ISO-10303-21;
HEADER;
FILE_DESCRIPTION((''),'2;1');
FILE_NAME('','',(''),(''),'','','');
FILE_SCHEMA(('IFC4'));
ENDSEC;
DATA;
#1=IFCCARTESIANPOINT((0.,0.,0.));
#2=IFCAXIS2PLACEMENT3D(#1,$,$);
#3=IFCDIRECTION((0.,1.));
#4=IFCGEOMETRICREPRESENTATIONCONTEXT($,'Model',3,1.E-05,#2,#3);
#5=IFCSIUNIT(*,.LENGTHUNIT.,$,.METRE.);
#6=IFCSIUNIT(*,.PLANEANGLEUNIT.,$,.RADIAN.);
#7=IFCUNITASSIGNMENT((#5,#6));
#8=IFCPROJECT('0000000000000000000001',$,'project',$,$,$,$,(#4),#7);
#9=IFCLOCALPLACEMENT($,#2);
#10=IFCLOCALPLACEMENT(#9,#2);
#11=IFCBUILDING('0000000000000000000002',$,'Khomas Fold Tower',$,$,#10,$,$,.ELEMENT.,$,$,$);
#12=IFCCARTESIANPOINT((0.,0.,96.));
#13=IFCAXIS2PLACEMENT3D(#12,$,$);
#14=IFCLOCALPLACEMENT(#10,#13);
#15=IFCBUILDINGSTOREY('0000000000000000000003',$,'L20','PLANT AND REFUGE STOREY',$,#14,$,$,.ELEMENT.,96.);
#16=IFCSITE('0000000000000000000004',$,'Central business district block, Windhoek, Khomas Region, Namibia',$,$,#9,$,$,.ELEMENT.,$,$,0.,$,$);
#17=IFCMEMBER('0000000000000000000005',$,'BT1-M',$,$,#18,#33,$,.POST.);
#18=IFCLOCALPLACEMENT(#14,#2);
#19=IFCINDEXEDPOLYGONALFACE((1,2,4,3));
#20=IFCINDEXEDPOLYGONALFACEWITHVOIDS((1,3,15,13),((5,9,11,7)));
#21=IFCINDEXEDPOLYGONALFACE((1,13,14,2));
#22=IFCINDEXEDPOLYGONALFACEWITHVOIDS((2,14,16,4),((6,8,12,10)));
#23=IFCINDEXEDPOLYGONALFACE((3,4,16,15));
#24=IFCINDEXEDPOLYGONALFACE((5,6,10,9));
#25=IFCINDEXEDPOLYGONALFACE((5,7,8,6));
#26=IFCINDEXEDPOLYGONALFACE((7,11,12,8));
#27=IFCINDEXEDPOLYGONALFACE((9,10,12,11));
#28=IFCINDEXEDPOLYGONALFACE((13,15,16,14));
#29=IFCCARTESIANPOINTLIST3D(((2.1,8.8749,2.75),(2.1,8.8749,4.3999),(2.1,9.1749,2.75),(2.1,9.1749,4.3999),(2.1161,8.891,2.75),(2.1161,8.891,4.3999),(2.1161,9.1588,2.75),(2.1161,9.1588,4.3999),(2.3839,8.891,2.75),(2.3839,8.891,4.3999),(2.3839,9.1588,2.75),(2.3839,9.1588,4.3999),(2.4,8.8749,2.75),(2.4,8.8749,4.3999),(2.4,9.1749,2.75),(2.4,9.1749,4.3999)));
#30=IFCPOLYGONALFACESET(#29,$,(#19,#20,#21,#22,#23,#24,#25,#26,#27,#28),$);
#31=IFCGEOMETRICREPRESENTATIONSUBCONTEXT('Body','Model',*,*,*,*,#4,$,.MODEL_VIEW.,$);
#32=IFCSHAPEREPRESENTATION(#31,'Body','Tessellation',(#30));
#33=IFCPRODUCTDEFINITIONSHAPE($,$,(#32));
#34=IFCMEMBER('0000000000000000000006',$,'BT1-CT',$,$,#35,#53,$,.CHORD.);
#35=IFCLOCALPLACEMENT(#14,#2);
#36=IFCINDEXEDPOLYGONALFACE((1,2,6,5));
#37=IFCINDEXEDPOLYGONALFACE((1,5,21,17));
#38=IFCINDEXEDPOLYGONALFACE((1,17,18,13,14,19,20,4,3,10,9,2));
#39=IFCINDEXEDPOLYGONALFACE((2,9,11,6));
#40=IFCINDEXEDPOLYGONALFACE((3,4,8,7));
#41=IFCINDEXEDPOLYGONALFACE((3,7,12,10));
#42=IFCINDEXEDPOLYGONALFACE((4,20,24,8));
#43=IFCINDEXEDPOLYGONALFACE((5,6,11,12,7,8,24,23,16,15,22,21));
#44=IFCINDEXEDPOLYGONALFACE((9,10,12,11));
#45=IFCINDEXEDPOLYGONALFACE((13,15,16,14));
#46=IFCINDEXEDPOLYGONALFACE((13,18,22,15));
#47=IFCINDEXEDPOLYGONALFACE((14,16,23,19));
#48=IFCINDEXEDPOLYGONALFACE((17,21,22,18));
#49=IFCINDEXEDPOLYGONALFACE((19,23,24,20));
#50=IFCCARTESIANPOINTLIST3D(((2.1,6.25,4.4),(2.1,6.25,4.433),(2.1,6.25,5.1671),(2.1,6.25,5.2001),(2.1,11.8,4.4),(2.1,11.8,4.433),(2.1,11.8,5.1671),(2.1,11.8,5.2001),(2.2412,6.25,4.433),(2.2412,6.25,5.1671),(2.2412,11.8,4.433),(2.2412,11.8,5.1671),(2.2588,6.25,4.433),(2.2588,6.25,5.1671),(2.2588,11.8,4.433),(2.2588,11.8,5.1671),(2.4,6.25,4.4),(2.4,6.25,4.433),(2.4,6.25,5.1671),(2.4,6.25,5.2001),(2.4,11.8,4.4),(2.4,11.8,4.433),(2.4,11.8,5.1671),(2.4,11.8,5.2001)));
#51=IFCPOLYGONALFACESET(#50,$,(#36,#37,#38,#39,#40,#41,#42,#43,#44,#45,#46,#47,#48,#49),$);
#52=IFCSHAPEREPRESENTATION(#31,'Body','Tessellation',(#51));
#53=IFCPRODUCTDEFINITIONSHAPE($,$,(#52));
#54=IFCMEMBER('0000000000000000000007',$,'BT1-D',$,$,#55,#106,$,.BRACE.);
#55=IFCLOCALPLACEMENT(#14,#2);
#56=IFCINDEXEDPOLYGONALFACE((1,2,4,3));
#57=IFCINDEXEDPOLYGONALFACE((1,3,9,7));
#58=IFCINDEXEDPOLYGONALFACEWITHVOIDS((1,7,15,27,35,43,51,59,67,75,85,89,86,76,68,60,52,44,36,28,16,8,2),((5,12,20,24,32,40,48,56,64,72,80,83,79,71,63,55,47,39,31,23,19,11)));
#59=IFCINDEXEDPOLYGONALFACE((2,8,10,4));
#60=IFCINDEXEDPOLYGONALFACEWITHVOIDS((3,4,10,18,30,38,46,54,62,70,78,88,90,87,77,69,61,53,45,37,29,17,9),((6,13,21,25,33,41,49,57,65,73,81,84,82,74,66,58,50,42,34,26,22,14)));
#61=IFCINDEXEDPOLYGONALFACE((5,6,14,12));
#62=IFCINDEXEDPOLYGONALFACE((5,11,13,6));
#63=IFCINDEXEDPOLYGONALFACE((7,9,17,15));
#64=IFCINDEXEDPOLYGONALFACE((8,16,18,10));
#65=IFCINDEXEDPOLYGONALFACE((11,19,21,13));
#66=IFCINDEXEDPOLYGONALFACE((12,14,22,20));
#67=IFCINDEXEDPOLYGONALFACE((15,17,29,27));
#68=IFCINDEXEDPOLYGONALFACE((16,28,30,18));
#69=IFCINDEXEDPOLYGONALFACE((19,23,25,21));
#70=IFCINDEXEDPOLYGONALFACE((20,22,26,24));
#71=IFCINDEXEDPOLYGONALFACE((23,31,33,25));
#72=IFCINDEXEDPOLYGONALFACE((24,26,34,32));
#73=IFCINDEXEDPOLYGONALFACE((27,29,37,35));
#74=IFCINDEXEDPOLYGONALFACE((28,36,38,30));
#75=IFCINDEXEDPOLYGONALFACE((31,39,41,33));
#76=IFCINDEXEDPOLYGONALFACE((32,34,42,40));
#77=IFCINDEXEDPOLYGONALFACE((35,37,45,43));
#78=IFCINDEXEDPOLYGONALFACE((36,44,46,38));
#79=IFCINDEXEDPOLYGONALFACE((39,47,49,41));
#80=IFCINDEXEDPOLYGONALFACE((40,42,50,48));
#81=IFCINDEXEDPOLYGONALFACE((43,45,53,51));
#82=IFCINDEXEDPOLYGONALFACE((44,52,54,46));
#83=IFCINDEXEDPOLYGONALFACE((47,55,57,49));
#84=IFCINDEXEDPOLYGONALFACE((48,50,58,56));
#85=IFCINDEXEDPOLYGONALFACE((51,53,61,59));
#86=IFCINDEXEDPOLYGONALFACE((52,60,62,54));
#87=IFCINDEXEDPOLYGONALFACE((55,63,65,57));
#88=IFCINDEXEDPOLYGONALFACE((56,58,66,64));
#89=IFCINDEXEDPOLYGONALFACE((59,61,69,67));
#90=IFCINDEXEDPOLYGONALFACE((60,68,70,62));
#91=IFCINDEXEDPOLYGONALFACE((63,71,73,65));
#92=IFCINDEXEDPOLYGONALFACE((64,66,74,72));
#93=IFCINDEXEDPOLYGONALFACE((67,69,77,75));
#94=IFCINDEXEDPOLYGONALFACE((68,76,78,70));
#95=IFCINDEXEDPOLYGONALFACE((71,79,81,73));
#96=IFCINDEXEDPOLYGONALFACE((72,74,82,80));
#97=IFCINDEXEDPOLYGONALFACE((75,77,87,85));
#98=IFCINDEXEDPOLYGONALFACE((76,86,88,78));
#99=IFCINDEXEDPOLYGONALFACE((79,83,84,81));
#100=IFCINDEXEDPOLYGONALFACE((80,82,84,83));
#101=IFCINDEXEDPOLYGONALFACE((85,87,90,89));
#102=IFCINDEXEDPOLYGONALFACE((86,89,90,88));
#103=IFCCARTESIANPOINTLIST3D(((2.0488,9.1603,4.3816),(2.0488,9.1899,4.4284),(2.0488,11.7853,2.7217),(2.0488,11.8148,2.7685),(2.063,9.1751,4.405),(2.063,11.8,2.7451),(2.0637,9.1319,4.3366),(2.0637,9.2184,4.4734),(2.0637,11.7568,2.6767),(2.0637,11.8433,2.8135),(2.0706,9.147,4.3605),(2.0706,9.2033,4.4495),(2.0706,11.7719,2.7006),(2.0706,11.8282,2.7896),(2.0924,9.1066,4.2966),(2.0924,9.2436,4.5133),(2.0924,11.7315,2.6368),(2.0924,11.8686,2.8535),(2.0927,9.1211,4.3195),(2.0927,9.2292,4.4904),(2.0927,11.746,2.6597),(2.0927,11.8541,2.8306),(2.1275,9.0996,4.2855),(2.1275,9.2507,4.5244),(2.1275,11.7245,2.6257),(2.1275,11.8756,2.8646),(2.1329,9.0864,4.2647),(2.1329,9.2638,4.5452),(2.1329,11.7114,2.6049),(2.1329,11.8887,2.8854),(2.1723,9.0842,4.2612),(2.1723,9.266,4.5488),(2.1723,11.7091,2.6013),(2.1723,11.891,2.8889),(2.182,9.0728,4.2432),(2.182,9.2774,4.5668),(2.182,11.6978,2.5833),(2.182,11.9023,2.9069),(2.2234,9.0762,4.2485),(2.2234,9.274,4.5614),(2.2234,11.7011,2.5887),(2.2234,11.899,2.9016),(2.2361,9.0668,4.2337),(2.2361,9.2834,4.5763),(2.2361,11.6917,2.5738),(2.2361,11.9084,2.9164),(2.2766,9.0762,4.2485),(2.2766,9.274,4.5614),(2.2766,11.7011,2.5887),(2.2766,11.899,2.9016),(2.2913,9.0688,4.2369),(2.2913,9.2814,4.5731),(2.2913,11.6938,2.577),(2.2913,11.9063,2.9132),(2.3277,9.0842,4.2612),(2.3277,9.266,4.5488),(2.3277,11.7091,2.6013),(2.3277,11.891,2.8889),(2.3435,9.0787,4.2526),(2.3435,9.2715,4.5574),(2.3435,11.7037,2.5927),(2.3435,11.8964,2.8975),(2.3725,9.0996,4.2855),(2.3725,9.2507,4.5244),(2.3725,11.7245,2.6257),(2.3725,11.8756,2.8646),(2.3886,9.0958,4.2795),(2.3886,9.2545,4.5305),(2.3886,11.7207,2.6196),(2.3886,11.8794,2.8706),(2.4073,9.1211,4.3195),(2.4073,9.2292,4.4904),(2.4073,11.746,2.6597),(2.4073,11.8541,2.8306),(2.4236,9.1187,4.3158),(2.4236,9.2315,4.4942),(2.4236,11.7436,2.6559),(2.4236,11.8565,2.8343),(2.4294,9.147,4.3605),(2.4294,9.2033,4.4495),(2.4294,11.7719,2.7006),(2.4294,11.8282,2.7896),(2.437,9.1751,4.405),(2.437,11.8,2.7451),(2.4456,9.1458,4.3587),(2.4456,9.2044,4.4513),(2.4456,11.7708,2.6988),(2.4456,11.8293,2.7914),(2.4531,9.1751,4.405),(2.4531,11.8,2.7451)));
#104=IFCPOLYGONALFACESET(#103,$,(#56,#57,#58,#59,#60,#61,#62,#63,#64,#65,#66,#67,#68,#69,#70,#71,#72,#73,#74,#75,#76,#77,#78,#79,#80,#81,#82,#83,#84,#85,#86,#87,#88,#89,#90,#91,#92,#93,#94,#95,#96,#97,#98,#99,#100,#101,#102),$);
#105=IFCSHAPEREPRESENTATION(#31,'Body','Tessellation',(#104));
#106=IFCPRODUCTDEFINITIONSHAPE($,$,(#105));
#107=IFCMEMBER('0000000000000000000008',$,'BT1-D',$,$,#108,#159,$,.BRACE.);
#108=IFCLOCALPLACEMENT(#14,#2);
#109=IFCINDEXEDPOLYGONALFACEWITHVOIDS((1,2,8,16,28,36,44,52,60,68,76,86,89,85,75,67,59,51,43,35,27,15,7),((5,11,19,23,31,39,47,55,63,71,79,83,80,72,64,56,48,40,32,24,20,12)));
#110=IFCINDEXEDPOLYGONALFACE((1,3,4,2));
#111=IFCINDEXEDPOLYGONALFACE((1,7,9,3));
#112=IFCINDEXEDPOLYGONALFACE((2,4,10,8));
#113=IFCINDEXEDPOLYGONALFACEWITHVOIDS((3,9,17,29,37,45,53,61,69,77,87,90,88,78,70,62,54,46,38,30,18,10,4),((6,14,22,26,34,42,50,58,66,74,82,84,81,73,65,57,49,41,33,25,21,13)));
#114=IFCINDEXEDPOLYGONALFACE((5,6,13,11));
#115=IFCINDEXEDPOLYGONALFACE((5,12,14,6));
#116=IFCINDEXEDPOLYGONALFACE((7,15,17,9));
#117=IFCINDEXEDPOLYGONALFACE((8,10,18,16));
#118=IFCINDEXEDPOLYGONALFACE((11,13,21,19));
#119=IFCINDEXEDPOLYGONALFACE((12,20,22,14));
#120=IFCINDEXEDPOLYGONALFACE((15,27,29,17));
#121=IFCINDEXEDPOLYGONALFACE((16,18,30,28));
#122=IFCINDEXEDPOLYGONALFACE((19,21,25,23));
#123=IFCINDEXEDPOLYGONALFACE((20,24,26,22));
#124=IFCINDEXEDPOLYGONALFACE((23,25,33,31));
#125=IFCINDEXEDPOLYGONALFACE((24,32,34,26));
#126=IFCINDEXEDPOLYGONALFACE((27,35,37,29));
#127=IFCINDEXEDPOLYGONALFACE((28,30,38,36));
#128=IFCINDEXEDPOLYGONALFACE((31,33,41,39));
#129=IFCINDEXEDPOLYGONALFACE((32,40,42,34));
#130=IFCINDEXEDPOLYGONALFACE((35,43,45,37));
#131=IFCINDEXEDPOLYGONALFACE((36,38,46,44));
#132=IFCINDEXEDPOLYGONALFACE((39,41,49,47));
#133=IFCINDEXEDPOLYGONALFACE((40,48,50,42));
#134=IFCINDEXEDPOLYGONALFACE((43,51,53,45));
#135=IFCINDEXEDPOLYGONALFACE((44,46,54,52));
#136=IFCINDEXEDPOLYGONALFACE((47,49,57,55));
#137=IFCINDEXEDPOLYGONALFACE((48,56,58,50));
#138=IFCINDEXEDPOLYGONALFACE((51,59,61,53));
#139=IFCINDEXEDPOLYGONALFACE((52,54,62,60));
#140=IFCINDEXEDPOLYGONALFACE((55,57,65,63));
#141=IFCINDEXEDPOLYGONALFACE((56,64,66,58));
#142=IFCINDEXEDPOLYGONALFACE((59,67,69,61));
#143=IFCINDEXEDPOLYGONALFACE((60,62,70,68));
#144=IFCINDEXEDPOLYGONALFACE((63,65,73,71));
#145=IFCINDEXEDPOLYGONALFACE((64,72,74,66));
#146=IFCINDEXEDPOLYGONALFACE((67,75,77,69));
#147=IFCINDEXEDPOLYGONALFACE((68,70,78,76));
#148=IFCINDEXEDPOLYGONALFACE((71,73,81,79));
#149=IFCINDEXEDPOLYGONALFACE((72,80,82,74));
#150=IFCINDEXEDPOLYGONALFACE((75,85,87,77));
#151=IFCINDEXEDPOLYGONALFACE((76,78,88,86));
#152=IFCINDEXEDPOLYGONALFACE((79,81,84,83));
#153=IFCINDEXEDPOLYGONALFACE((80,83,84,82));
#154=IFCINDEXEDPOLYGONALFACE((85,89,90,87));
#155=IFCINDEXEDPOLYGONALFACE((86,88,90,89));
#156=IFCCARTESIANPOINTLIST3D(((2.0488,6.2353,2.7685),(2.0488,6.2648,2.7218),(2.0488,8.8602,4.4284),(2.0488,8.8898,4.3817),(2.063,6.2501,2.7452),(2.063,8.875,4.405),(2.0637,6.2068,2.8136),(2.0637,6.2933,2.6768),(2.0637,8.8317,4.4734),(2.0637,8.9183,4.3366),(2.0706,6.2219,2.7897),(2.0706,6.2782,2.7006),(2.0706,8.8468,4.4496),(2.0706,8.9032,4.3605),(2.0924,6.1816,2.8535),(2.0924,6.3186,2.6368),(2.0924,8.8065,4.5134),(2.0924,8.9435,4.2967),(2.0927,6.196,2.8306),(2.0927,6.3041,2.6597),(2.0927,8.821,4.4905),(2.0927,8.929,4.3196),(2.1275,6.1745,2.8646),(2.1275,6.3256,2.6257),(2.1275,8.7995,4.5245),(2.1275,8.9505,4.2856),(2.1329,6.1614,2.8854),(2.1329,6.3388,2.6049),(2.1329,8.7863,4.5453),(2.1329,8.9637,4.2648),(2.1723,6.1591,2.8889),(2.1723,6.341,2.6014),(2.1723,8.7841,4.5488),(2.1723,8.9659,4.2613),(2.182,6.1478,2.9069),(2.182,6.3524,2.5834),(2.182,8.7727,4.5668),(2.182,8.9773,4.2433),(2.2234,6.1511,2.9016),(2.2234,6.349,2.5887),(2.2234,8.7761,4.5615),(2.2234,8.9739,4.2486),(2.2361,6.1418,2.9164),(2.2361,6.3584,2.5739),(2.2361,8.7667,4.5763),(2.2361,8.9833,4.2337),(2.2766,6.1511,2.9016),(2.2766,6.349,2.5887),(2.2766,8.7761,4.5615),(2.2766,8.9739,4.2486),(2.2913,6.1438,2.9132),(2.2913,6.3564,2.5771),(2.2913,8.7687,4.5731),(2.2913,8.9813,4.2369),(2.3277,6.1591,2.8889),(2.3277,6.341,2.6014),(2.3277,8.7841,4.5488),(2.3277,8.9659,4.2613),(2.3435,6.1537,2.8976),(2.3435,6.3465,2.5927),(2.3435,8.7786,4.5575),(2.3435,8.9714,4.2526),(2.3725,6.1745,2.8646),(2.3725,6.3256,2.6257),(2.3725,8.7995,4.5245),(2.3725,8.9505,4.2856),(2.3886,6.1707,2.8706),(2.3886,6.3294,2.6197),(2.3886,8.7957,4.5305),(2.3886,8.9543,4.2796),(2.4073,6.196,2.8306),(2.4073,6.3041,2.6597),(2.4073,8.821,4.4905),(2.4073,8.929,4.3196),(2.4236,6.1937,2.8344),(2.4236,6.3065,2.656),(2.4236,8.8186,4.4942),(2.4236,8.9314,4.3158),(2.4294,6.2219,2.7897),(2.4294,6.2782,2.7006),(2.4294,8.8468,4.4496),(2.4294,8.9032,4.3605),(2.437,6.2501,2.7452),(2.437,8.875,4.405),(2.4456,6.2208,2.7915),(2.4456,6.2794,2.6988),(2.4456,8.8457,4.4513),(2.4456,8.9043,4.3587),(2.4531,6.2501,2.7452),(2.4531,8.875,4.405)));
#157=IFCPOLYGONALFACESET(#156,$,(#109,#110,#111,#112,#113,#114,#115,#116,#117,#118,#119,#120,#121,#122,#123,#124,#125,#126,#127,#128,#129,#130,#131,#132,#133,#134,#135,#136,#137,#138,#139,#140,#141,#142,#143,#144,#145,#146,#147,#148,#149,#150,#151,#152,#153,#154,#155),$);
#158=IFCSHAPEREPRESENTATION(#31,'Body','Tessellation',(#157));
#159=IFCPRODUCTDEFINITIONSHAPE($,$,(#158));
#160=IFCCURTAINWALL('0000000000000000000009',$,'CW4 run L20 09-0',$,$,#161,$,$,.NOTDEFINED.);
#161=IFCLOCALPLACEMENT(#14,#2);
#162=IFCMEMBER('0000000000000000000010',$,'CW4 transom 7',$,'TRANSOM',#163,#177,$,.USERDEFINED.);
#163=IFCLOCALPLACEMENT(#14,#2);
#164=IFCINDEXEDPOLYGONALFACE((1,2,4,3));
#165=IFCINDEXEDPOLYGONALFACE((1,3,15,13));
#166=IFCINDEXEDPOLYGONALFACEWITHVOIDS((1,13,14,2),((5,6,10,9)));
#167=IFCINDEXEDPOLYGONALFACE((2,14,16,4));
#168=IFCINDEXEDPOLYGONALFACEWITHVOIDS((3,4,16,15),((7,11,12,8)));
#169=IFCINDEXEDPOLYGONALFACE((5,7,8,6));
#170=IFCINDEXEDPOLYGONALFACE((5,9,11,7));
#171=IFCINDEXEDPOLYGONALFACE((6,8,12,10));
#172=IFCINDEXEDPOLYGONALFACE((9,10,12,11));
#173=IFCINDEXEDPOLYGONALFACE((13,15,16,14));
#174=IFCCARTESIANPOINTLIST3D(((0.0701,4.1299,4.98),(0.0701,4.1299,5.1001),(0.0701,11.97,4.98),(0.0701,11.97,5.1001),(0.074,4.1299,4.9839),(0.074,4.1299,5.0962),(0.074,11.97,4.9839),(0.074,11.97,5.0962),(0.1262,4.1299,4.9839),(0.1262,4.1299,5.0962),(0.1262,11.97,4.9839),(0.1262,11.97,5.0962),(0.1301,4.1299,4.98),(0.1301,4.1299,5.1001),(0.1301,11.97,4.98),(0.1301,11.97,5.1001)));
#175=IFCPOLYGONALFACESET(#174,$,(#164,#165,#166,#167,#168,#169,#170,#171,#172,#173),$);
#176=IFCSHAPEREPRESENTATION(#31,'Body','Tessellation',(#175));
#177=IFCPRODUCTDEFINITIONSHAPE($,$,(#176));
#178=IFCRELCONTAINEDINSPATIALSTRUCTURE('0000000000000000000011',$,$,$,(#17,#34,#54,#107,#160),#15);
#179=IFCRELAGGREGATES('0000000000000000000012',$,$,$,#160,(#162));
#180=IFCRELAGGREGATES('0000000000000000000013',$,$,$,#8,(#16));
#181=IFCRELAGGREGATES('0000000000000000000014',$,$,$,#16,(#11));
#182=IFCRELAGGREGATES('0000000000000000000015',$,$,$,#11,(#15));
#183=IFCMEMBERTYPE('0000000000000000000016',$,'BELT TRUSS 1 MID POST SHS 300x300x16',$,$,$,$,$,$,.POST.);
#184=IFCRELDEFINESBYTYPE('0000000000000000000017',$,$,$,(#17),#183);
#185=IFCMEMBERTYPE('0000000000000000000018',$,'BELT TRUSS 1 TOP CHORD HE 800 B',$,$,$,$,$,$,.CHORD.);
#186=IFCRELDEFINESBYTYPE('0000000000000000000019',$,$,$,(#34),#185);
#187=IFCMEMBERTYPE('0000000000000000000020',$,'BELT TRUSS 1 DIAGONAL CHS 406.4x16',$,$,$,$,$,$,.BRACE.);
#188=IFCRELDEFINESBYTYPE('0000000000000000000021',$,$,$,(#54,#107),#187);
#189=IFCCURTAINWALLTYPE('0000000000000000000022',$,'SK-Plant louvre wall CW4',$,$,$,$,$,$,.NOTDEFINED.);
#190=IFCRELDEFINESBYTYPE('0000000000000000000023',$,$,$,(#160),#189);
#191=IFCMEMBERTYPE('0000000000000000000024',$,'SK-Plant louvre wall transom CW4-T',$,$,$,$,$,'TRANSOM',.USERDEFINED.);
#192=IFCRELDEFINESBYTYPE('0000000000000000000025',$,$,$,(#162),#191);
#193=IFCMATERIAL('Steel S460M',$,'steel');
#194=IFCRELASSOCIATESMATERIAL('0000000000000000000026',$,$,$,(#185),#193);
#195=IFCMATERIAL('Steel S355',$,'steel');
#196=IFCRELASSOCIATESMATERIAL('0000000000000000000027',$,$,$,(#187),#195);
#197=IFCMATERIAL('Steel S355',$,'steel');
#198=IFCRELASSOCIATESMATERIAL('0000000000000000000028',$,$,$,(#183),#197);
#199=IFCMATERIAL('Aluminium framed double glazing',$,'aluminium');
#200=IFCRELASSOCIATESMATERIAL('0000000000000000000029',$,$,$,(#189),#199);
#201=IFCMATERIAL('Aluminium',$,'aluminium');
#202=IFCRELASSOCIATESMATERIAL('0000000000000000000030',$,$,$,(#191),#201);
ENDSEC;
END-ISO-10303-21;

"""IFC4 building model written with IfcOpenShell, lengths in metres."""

from ifc_helpers import new_model, si_unit, direction, frame, origin, origin_2d, place, context, subcontext, project, spatial, hollow_rectangle, hollow_circle, i_section, extrude, source, transform, mapped, material, material_profile, profile_set, type_object, element, aggregate, save


model = new_model("IFC4")

# Units and contexts
model_context = context("Model", 3, precision=1e-05, world=origin(), true_north=direction((0.0, 1.0)))
body_context = subcontext(model_context, "Body", "Model", "MODEL_VIEW")
ifc_project = project(units=[si_unit("LENGTHUNIT", "METRE"), si_unit("PLANEANGLEUNIT", "RADIAN")], contexts=[model_context])

# Site, building, storey
site_placement = place(None, origin())
site = spatial("IfcSite", under=ifc_project, at=site_placement, Name="Central business district block, Windhoek, Khomas Region, Namibia", CompositionType="ELEMENT", RefElevation=0.0)
building_placement = place(site_placement, origin())
building = spatial("IfcBuilding", under=site, at=building_placement, Name="Khomas Fold Tower", CompositionType="ELEMENT")
storey_placement = place(building_placement, frame((0.0, 0.0, 96.0)))
storey = spatial("IfcBuildingStorey", under=building, at=storey_placement, Name="L20", Description="PLANT AND REFUGE STOREY", CompositionType="ELEMENT", Elevation=96.0)

# Members
ifc_material_1 = material(Name="Steel S460M", Category="steel")
ifc_material_profile_1 = material_profile(ifc_material_1, i_section(OverallWidth=0.3, OverallDepth=0.8, WebThickness=0.0176, FlangeThickness=0.033, at=origin_2d()), Name="HE 800 B")
ifc_profile_set_1 = profile_set([ifc_material_profile_1], Name="Steel S460M")
member_type_1 = type_object("IfcMemberType", Name="BELT TRUSS 1 TOP CHORD HE 800 B", PredefinedType="CHORD", material=ifc_profile_set_1)
ifc_material_2 = material(Name="Steel S355", Category="steel")
ifc_material_profile_2 = material_profile(ifc_material_2, hollow_circle(Radius=0.2031, WallThickness=0.0161, at=origin_2d()), Name="CHS 406.4x16")
ifc_profile_set_2 = profile_set([ifc_material_profile_2], Name="Steel S355")
member_type_2 = type_object("IfcMemberType", Name="BELT TRUSS 1 DIAGONAL CHS 406.4x16", PredefinedType="BRACE", material=ifc_profile_set_2)
ifc_material_3 = material(Name="Steel S355", Category="steel")
ifc_material_profile_3 = material_profile(ifc_material_3, hollow_rectangle(XDim=0.3, YDim=0.3, WallThickness=0.0161, at=origin_2d()), Name="SHS 300x300x16")
ifc_profile_set_3 = profile_set([ifc_material_profile_3], Name="Steel S355")
member_type_3 = type_object("IfcMemberType", Name="BELT TRUSS 1 MID POST SHS 300x300x16", PredefinedType="POST", material=ifc_profile_set_3)
shared_shape_1 = source(origin(), body_context, "Body", "SweptSolid", [
    extrude(hollow_rectangle(XDim=0.3, YDim=0.3, WallThickness=0.0161, at=origin_2d()), origin(), (0.0, 0.0, 1.0), 1.6499),
])
for number, where, z_axis, x_axis, name in (
    (1, (2.25, 9.0249, 2.75), (0.0, 0.0, 1.0), (1.0, 0.0, 0.0), "BT1-M"),
):
    element("IfcMember", number, at=place(storey_placement, frame(where, z_axis=z_axis, x_axis=x_axis)), inside=storey, type_object=member_type_3, Name=name, PredefinedType="POST", context=body_context, shape_type="MappedRepresentation", body=[
        mapped(shared_shape_1, transform((0.0, 0.0, 0.0))),
    ])
shared_shape_2 = source(origin(), body_context, "Body", "SweptSolid", [
    extrude(i_section(OverallWidth=0.3, OverallDepth=0.8, WebThickness=0.0176, FlangeThickness=0.033, at=origin_2d()), origin(), (0.0, 0.0, 1.0), 5.55),
])
member_1_placement = place(storey_placement, frame((2.25, 11.8, 4.8), z_axis=(0.0, -1.0, 0.0), x_axis=(1.0, 0.0, 0.0)))
element("IfcMember", 2, at=member_1_placement, inside=storey, type_object=member_type_1, Name="BT1-CT", PredefinedType="CHORD", context=body_context, shape_type="MappedRepresentation", body=[
    mapped(shared_shape_2, transform((0.0, 0.0, 0.0))),
])
shared_shape_3 = source(origin(), body_context, "Body", "SweptSolid", [
    extrude(hollow_circle(Radius=0.2031, WallThickness=0.0161, at=origin_2d()), origin(), (0.0, 0.0, 1.0), 3.1057),
])
for number, where, z_axis, x_axis, name in (
    (3, (2.25, 11.8, 2.7451), (0.0, -0.845196, 0.534457), (1.0, 0.0, 0.0), "BT1-D"),
    (4, (2.25, 8.875, 4.405), (0.0, -0.845196, -0.534457), (1.0, 0.0, 0.0), "BT1-D"),
):
    element("IfcMember", number, at=place(storey_placement, frame(where, z_axis=z_axis, x_axis=x_axis)), inside=storey, type_object=member_type_2, Name=name, PredefinedType="BRACE", context=body_context, shape_type="MappedRepresentation", body=[
        mapped(shared_shape_3, transform((0.0, 0.0, 0.0))),
    ])

# Curtain wall, member
ifc_material_4 = material(Name="Aluminium framed double glazing", Category="aluminium")
curtain_wall_type = type_object("IfcCurtainWallType", Name="SK-Plant louvre wall CW4", PredefinedType="NOTDEFINED", material=ifc_material_4)
curtain_wall_placement = place(storey_placement, origin())
curtain_wall = element("IfcCurtainWall", 5, at=curtain_wall_placement, inside=storey, type_object=curtain_wall_type, Name="CW4 run L20 09-0", PredefinedType="NOTDEFINED")
ifc_material_5 = material(Name="Aluminium", Category="aluminium")
ifc_material_profile_4 = material_profile(ifc_material_5, hollow_rectangle(XDim=0.0601, YDim=0.1201, WallThickness=0.0039, at=origin_2d()), Name="SK-Plant louvre wall transom CW4-T")
ifc_profile_set_4 = profile_set([ifc_material_profile_4], Name="Aluminium")
member_type_4 = type_object("IfcMemberType", Name="SK-Plant louvre wall transom CW4-T", ElementType="TRANSOM", PredefinedType="USERDEFINED", material=ifc_profile_set_4)
shared_shape_4 = source(origin(), body_context, "Body", "SweptSolid", [
    extrude(hollow_rectangle(XDim=0.0601, YDim=0.1201, WallThickness=0.0039, at=origin_2d()), origin(), (0.0, 0.0, 1.0), 7.8401),
])
member_2_placement = place(storey_placement, frame((0.1001, 11.97, 5.04), z_axis=(0.0, -1.0, 0.0), x_axis=(1.0, 0.0, 0.0)))
member_2 = element("IfcMember", 6, at=member_2_placement, type_object=member_type_4, Name="CW4 transom 7", ObjectType="TRANSOM", PredefinedType="USERDEFINED", context=body_context, shape_type="MappedRepresentation", body=[
    mapped(shared_shape_4, transform((0.0, 0.0, 0.0))),
])

aggregate(curtain_wall, [member_2])

save(model, "model.ifc")
